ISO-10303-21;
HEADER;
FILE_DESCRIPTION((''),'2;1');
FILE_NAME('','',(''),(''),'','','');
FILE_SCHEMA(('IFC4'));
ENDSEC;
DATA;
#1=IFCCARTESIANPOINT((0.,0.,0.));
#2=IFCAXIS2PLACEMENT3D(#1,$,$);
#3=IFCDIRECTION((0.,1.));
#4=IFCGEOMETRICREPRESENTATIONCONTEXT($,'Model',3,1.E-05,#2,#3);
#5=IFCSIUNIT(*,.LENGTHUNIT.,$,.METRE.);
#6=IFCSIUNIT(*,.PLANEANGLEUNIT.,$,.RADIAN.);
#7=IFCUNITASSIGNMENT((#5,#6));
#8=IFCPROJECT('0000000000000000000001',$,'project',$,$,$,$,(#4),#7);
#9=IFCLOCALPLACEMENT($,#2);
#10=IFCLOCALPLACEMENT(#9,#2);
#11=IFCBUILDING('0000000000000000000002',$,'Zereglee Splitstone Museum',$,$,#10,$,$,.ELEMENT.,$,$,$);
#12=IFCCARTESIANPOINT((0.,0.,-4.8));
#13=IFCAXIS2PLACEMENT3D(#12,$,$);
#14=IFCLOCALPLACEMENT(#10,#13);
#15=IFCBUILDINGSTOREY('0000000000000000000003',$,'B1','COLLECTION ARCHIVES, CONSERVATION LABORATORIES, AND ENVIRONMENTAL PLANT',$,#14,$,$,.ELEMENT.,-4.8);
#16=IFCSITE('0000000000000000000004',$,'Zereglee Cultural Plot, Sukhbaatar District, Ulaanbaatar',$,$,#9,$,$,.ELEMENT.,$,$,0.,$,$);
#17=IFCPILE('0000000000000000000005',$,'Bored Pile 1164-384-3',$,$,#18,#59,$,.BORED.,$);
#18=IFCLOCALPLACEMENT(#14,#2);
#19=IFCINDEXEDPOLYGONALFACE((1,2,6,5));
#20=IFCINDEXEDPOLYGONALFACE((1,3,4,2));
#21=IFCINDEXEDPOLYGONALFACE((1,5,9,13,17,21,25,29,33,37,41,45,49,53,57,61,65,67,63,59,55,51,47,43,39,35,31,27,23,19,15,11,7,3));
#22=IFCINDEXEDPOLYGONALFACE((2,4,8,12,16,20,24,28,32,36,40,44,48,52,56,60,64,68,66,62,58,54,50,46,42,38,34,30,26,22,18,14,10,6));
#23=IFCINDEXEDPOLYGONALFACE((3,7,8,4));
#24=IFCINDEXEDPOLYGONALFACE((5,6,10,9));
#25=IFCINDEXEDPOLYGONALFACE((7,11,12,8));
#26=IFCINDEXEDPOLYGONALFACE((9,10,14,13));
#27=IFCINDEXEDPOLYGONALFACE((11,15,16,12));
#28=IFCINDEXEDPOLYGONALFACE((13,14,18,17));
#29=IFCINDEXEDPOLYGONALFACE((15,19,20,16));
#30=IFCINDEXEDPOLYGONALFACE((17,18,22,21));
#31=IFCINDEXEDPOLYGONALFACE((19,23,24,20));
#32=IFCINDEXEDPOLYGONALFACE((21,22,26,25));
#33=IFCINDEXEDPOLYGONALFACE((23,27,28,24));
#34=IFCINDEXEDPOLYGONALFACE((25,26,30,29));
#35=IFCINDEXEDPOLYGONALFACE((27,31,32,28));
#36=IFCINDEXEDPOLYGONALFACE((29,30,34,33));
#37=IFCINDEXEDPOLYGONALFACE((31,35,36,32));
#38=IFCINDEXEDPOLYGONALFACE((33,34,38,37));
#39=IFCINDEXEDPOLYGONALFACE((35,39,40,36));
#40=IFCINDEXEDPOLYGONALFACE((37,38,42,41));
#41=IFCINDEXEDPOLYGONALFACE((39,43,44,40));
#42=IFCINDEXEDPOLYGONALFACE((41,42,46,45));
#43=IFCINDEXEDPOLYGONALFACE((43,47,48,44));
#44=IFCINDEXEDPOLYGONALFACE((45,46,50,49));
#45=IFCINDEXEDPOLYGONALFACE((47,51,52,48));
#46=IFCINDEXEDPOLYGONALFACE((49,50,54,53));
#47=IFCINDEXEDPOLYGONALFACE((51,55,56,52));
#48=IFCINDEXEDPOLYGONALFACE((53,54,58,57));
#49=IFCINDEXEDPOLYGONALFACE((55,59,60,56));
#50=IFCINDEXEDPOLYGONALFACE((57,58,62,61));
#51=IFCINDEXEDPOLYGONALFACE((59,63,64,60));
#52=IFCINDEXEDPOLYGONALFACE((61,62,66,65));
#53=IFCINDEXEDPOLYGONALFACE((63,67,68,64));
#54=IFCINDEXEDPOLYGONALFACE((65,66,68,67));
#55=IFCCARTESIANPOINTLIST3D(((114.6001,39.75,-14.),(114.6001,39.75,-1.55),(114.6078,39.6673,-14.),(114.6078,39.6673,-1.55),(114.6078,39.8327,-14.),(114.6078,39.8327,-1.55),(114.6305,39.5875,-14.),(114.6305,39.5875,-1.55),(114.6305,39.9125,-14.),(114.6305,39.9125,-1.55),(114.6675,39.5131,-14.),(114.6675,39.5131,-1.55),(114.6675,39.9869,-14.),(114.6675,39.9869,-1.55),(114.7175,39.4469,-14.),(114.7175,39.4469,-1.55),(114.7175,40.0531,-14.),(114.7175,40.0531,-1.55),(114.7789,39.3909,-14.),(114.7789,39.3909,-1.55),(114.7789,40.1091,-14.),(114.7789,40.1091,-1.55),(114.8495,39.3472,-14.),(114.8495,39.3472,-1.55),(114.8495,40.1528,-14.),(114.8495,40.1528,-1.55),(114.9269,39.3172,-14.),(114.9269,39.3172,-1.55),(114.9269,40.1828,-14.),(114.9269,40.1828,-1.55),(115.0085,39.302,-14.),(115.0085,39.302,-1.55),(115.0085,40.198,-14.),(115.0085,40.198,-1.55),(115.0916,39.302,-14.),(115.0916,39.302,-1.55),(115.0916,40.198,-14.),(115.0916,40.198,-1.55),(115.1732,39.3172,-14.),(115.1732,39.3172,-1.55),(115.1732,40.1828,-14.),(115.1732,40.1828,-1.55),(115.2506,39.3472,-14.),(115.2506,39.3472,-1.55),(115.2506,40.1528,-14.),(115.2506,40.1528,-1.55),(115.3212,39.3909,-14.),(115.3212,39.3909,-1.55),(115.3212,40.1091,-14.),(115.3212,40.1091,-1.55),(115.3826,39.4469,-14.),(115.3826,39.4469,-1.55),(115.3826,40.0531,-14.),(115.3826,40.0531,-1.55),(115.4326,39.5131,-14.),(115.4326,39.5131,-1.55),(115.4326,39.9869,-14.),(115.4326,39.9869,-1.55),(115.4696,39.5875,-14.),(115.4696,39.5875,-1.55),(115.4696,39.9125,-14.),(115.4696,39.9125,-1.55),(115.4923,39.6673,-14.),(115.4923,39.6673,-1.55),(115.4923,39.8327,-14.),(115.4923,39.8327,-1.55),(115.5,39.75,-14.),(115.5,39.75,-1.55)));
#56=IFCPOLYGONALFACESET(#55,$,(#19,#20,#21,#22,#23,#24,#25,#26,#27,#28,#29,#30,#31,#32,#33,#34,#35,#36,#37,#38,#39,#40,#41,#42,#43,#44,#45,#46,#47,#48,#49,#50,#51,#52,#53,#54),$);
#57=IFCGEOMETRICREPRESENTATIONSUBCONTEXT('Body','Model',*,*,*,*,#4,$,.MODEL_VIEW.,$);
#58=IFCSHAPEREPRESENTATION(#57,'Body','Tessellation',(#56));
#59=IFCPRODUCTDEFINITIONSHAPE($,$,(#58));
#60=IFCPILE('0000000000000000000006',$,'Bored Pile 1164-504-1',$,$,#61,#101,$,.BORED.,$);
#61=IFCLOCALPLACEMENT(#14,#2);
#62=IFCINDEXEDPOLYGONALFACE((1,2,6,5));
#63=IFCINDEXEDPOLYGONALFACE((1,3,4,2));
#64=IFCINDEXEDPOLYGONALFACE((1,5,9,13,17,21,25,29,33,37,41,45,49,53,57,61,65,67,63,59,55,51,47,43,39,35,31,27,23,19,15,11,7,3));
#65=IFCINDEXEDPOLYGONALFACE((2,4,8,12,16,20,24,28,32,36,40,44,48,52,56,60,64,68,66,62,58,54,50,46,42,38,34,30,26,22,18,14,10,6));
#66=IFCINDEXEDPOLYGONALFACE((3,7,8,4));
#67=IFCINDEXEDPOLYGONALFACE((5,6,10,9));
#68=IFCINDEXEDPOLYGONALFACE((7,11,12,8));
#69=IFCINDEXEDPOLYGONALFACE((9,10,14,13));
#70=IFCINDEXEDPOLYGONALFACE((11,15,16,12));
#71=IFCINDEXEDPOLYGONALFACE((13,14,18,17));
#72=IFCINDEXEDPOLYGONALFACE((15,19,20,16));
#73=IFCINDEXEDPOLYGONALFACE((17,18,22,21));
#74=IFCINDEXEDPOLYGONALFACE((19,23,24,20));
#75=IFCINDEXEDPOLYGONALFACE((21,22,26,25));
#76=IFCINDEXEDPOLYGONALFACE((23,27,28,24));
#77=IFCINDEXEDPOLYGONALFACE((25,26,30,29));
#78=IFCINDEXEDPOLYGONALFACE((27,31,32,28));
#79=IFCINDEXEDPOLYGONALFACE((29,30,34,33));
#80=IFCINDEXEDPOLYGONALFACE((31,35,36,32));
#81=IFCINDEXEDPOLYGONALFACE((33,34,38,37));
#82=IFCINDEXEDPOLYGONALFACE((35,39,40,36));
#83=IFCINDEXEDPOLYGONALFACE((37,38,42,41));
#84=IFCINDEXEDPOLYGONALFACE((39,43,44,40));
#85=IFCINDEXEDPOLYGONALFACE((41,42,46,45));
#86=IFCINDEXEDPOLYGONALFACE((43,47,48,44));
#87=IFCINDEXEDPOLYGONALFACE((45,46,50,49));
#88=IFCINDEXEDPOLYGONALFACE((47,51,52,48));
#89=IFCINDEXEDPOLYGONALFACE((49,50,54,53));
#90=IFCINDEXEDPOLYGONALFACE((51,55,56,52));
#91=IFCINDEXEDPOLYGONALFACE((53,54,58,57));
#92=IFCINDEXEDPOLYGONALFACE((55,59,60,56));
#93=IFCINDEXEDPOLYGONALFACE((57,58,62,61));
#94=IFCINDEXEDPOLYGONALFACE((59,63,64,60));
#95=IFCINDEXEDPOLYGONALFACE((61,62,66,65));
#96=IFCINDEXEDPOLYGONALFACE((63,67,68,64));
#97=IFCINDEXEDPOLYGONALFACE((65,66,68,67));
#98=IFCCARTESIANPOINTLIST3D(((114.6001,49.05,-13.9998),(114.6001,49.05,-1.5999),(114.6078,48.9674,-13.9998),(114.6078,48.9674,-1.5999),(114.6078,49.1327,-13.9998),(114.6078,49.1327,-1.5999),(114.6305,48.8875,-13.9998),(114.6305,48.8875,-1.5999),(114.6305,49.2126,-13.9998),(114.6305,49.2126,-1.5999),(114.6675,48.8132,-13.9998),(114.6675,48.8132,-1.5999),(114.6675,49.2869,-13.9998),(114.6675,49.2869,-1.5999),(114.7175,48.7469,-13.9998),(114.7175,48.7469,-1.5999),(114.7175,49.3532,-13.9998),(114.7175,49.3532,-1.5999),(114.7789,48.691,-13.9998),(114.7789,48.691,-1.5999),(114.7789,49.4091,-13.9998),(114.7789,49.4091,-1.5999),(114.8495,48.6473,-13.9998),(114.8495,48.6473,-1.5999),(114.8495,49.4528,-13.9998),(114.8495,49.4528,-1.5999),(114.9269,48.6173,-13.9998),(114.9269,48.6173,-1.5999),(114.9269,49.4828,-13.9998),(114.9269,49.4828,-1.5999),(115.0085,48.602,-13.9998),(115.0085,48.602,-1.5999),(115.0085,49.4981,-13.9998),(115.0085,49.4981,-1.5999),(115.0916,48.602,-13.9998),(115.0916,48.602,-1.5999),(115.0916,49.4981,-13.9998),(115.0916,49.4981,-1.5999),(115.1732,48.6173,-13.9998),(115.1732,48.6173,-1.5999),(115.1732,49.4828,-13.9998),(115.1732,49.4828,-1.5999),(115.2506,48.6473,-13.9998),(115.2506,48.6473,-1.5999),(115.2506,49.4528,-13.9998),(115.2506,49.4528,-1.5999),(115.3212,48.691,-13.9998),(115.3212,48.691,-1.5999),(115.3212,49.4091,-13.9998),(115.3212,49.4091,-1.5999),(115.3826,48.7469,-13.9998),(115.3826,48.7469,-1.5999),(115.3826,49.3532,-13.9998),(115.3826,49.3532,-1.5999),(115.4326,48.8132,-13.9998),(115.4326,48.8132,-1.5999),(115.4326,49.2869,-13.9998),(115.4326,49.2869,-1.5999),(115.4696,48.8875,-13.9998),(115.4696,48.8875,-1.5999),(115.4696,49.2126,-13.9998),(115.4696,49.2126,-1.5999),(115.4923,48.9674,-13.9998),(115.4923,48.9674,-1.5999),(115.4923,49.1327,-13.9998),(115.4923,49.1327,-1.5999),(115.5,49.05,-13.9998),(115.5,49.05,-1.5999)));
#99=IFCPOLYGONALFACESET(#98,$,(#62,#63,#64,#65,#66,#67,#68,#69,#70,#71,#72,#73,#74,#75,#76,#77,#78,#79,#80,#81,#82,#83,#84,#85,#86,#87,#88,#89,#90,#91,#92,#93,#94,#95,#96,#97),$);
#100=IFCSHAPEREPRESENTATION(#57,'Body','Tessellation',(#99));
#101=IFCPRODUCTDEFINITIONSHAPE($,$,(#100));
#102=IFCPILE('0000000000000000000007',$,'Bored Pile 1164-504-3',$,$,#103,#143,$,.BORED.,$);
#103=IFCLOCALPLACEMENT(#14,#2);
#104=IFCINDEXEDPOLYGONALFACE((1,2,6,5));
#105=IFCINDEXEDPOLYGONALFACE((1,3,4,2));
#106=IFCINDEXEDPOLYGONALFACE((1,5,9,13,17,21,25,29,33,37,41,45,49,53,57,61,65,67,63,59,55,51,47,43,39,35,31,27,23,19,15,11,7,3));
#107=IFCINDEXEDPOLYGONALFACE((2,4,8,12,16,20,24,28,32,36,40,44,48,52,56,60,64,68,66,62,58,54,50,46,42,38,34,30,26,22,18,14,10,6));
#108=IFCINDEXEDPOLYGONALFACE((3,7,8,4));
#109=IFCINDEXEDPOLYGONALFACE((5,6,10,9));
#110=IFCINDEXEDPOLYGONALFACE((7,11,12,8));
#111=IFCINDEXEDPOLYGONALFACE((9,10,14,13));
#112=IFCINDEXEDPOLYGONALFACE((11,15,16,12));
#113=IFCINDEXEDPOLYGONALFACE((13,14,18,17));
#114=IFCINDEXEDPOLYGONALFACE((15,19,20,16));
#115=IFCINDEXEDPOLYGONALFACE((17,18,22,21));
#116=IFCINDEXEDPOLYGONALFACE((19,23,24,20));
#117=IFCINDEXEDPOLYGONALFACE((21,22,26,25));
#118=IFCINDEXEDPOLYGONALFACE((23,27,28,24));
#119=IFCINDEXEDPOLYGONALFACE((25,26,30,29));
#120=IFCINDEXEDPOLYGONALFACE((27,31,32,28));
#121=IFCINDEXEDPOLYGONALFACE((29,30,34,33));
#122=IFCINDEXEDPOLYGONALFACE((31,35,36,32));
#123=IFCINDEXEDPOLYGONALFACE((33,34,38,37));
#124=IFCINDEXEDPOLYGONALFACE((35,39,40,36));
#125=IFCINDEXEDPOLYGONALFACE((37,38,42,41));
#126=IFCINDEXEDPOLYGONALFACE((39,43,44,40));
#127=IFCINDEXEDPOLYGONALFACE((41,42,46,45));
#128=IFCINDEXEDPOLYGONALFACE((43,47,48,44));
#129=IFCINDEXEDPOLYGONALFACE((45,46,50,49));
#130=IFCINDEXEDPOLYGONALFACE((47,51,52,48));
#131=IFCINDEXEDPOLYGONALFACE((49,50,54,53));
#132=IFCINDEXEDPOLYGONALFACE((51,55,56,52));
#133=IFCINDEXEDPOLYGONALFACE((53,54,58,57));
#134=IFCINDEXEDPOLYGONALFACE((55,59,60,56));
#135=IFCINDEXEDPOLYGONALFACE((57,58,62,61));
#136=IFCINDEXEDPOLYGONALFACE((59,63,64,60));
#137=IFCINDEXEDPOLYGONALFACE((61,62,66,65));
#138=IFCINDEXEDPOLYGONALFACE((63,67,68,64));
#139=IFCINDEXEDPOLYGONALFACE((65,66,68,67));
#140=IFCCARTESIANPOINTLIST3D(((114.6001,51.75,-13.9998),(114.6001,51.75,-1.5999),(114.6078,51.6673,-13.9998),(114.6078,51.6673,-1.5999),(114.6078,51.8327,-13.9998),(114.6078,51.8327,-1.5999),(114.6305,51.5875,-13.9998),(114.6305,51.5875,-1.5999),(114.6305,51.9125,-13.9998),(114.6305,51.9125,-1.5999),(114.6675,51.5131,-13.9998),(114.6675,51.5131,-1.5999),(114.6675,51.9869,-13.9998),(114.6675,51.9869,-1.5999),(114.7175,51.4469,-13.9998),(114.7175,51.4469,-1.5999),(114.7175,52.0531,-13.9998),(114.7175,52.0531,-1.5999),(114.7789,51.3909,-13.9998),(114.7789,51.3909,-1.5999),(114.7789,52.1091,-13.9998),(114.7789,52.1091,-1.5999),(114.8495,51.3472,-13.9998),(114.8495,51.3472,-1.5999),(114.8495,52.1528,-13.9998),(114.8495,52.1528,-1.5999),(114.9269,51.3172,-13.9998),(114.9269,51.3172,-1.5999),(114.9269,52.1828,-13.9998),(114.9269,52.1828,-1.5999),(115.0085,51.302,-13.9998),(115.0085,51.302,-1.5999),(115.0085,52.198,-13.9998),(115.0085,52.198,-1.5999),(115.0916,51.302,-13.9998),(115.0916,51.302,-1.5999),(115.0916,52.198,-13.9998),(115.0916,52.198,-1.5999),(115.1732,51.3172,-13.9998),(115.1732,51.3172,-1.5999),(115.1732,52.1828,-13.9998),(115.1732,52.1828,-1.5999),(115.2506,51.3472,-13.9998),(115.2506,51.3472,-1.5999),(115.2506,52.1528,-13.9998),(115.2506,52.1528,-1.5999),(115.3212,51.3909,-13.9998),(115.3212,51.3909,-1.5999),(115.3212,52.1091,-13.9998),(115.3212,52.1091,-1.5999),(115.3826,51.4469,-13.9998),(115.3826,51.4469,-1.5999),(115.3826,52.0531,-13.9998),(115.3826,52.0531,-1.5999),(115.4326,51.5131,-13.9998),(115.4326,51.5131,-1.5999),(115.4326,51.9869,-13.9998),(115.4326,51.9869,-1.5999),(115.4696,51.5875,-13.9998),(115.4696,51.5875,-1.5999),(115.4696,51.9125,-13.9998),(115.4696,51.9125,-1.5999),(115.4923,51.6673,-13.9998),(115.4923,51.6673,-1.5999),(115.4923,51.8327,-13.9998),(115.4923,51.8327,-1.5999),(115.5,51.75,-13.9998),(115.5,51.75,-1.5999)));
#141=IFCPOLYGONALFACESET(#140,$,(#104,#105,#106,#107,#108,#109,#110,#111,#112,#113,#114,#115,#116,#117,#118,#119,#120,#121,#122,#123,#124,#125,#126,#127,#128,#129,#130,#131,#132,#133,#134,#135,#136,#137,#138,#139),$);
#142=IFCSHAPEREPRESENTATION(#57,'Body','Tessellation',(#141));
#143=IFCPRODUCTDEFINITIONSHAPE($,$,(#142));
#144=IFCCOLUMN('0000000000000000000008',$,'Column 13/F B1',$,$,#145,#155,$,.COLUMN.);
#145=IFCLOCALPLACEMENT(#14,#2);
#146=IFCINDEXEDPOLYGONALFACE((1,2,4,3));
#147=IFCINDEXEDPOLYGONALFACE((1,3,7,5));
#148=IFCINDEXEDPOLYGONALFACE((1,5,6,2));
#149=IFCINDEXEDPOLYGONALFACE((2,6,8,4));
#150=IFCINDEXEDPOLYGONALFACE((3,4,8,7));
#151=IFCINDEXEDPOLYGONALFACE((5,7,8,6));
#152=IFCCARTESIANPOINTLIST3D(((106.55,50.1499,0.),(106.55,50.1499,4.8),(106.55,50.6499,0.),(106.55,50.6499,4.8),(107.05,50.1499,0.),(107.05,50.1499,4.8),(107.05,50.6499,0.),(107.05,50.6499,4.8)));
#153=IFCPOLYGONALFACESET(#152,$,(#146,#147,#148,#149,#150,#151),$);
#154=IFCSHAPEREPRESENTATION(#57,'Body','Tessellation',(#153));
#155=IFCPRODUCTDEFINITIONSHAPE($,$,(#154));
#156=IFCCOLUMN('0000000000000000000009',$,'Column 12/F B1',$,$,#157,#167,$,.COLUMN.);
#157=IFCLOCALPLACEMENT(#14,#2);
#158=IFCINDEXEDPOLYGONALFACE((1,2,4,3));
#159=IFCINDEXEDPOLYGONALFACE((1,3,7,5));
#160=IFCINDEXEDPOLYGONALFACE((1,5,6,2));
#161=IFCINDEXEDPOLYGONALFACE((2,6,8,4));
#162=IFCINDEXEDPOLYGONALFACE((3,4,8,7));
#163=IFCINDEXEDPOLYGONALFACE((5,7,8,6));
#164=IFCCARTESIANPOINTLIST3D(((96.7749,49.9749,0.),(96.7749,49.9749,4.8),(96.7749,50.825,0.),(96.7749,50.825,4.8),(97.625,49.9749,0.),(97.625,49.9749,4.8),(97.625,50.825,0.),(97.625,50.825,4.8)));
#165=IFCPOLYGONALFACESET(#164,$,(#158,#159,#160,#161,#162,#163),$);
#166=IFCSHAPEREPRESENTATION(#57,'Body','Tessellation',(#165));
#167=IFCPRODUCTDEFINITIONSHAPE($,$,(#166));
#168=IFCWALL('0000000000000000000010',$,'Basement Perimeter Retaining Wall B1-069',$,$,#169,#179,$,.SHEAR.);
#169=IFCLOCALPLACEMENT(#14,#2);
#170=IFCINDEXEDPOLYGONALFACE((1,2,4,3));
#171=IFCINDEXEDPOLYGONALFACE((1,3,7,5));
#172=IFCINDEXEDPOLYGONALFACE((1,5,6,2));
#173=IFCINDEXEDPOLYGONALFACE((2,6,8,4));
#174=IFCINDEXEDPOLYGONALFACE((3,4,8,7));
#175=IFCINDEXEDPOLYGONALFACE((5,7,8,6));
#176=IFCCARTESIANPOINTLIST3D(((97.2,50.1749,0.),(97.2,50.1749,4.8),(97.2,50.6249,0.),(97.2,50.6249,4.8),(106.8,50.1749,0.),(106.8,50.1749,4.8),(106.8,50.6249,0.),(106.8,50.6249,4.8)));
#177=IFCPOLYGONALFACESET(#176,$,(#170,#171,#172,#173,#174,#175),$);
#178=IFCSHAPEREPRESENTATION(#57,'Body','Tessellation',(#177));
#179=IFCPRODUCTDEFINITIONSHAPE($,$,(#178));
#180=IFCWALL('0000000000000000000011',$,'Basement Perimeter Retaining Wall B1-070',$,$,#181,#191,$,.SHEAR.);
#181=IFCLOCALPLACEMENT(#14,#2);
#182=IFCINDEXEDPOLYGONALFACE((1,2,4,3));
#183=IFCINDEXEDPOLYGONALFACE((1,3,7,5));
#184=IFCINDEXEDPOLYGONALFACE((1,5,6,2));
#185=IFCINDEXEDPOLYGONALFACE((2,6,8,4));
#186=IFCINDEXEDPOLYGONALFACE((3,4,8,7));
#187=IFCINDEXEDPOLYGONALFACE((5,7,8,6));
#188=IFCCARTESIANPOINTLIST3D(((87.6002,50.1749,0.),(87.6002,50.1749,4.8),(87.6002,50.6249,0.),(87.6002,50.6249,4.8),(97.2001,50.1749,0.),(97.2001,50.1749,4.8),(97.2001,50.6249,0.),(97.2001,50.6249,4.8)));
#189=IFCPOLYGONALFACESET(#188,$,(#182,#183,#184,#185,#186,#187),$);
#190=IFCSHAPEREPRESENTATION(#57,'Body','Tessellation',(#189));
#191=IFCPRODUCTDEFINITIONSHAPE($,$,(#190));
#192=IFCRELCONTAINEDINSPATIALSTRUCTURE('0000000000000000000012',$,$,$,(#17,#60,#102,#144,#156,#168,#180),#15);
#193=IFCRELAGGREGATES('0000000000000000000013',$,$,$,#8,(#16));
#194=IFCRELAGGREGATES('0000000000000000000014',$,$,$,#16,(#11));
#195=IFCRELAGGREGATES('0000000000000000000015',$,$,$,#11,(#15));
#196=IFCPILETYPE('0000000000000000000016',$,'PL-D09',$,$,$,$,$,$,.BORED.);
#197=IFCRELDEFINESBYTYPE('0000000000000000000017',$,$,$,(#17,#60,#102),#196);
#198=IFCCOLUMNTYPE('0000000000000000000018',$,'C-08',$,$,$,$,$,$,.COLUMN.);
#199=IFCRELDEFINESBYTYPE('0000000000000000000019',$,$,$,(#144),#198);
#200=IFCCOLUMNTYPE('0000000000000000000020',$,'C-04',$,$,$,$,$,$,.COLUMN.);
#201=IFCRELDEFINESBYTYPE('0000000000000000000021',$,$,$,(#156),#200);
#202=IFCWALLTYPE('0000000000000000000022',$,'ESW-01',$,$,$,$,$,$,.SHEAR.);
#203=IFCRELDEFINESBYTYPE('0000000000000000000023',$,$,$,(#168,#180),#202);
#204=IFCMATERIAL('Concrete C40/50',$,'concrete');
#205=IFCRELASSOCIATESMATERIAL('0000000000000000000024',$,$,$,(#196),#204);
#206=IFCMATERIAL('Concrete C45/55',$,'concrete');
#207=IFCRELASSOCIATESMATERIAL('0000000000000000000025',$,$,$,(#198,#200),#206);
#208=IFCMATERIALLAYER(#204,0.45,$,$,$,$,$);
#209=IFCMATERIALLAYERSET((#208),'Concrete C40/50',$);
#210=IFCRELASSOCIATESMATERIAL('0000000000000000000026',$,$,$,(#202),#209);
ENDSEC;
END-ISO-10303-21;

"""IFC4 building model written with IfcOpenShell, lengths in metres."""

from ifc_helpers import new_model, si_unit, direction, frame, frame_2d, origin, origin_2d, place, context, subcontext, project, spatial, rectangle, circle, extrude, material, layer, layer_set, material_profile, profile_set, type_object, element, save


model = new_model("IFC4")

# Units and contexts
model_context = context("Model", 3, precision=1e-05, world=origin(), true_north=direction((0.0, 1.0)))
body_context = subcontext(model_context, "Body", "Model", "MODEL_VIEW")
ifc_project = project(units=[si_unit("LENGTHUNIT", "METRE"), si_unit("PLANEANGLEUNIT", "RADIAN")], contexts=[model_context])

# Site, building, storey
site_placement = place(None, origin())
site = spatial("IfcSite", under=ifc_project, at=site_placement, Name="Zereglee Cultural Plot, Sukhbaatar District, Ulaanbaatar", CompositionType="ELEMENT", RefElevation=0.0)
building_placement = place(site_placement, origin())
building = spatial("IfcBuilding", under=site, at=building_placement, Name="Zereglee Splitstone Museum", CompositionType="ELEMENT")
storey_placement = place(building_placement, frame((0.0, 0.0, -4.8)))
storey = spatial("IfcBuildingStorey", under=building, at=storey_placement, Name="B1", Description="COLLECTION ARCHIVES, CONSERVATION LABORATORIES, AND ENVIRONMENTAL PLANT", CompositionType="ELEMENT", Elevation=-4.8)

# Shared definitions
ifc_material_1 = material(Name="Concrete C40/50", Category="concrete")

# Piles
ifc_material_profile_1 = material_profile(ifc_material_1, circle(Radius=0.45, at=origin_2d()), Name="PILE D900")
ifc_profile_set_1 = profile_set([ifc_material_profile_1], Name="Concrete C40/50")
pile_type = type_object("IfcPileType", Name="PL-D09", PredefinedType="BORED", material=ifc_profile_set_1)
for number, where, z_axis, x_axis, name in (
    (1, (115.05, 39.75, -1.55), (0.0, 0.0, -1.0), (1.0, 0.0, 0.0), "Bored Pile 1164-384-3"),
):
    element("IfcPile", number, at=place(storey_placement, frame(where, z_axis=z_axis, x_axis=x_axis)), inside=storey, type_object=pile_type, Name=name, PredefinedType="BORED", context=body_context, shape_type="SweptSolid", body=[
        extrude(circle(Radius=0.45, at=origin_2d()), origin(), (0.0, 0.0, 1.0), 12.45),
    ])
for number, where, z_axis, x_axis, name in (
    (2, (115.05, 49.05, -1.5999), (0.0, 0.0, -1.0), (1.0, 0.0, 0.0), "Bored Pile 1164-504-1"),
    (3, (115.05, 51.75, -1.5999), (0.0, 0.0, -1.0), (1.0, 0.0, 0.0), "Bored Pile 1164-504-3"),
):
    element("IfcPile", number, at=place(storey_placement, frame(where, z_axis=z_axis, x_axis=x_axis)), inside=storey, type_object=pile_type, Name=name, PredefinedType="BORED", context=body_context, shape_type="SweptSolid", body=[
        extrude(circle(Radius=0.45, at=origin_2d()), origin(), (0.0, 0.0, 1.0), 12.3999),
    ])

# Columns
ifc_material_2 = material(Name="Concrete C45/55", Category="concrete")
ifc_material_profile_2 = material_profile(ifc_material_2, rectangle(XDim=0.5, YDim=0.5, at=origin_2d()), Name="RC 500x500")
ifc_profile_set_2 = profile_set([ifc_material_profile_2], Name="Concrete C45/55")
column_type_1 = type_object("IfcColumnType", Name="C-08", PredefinedType="COLUMN", material=ifc_profile_set_2)
column_1_placement = place(storey_placement, frame((106.8, 50.3999, 0.0), z_axis=(0.0, 0.0, 1.0), x_axis=(1.0, 0.0, 0.0)))
element("IfcColumn", 4, at=column_1_placement, inside=storey, type_object=column_type_1, Name="Column 13/F B1", PredefinedType="COLUMN", context=body_context, shape_type="SweptSolid", body=[
    extrude(rectangle(XDim=0.5, YDim=0.5, at=origin_2d()), origin(), (0.0, 0.0, 1.0), 4.8),
])
ifc_material_profile_3 = material_profile(ifc_material_2, rectangle(XDim=0.8501, YDim=0.8501, at=origin_2d()), Name="RC 850x850")
ifc_profile_set_3 = profile_set([ifc_material_profile_3], Name="Concrete C45/55")
column_type_2 = type_object("IfcColumnType", Name="C-04", PredefinedType="COLUMN", material=ifc_profile_set_3)
column_2_placement = place(storey_placement, frame((97.2, 50.3999, 0.0), z_axis=(0.0, 0.0, 1.0), x_axis=(1.0, 0.0, 0.0)))
element("IfcColumn", 5, at=column_2_placement, inside=storey, type_object=column_type_2, Name="Column 12/F B1", PredefinedType="COLUMN", context=body_context, shape_type="SweptSolid", body=[
    extrude(rectangle(XDim=0.8501, YDim=0.8501, at=origin_2d()), origin(), (0.0, 0.0, 1.0), 4.8),
])

# Walls
ifc_layer_1 = layer(ifc_material_1, 0.45)
ifc_layer_set_1 = layer_set([ifc_layer_1], Name="Concrete C40/50")
wall_type = type_object("IfcWallType", Name="ESW-01", PredefinedType="SHEAR", material=ifc_layer_set_1)
wall_1_placement = place(storey_placement, frame((106.8, 50.3999, 0.0), z_axis=(0.0, 0.0, 1.0), x_axis=(-1.0, 0.0, 0.0)))
element("IfcWall", 6, at=wall_1_placement, inside=storey, type_object=wall_type, Name="Basement Perimeter Retaining Wall B1-069", PredefinedType="SHEAR", context=body_context, shape_type="SweptSolid", body=[
    extrude(rectangle(XDim=9.6001, YDim=0.45, at=frame_2d((4.8, 0.0))), origin(), (0.0, 0.0, 1.0), 4.8),
])
wall_2_placement = place(storey_placement, frame((97.2, 50.3999, 0.0), z_axis=(0.0, 0.0, 1.0), x_axis=(-1.0, 0.0, 0.0)))
element("IfcWall", 7, at=wall_2_placement, inside=storey, type_object=wall_type, Name="Basement Perimeter Retaining Wall B1-070", PredefinedType="SHEAR", context=body_context, shape_type="SweptSolid", body=[
    extrude(rectangle(XDim=9.5999, YDim=0.45, at=frame_2d((4.7998, 0.0))), origin(), (0.0, 0.0, 1.0), 4.8),
])

save(model, "model.ifc")
